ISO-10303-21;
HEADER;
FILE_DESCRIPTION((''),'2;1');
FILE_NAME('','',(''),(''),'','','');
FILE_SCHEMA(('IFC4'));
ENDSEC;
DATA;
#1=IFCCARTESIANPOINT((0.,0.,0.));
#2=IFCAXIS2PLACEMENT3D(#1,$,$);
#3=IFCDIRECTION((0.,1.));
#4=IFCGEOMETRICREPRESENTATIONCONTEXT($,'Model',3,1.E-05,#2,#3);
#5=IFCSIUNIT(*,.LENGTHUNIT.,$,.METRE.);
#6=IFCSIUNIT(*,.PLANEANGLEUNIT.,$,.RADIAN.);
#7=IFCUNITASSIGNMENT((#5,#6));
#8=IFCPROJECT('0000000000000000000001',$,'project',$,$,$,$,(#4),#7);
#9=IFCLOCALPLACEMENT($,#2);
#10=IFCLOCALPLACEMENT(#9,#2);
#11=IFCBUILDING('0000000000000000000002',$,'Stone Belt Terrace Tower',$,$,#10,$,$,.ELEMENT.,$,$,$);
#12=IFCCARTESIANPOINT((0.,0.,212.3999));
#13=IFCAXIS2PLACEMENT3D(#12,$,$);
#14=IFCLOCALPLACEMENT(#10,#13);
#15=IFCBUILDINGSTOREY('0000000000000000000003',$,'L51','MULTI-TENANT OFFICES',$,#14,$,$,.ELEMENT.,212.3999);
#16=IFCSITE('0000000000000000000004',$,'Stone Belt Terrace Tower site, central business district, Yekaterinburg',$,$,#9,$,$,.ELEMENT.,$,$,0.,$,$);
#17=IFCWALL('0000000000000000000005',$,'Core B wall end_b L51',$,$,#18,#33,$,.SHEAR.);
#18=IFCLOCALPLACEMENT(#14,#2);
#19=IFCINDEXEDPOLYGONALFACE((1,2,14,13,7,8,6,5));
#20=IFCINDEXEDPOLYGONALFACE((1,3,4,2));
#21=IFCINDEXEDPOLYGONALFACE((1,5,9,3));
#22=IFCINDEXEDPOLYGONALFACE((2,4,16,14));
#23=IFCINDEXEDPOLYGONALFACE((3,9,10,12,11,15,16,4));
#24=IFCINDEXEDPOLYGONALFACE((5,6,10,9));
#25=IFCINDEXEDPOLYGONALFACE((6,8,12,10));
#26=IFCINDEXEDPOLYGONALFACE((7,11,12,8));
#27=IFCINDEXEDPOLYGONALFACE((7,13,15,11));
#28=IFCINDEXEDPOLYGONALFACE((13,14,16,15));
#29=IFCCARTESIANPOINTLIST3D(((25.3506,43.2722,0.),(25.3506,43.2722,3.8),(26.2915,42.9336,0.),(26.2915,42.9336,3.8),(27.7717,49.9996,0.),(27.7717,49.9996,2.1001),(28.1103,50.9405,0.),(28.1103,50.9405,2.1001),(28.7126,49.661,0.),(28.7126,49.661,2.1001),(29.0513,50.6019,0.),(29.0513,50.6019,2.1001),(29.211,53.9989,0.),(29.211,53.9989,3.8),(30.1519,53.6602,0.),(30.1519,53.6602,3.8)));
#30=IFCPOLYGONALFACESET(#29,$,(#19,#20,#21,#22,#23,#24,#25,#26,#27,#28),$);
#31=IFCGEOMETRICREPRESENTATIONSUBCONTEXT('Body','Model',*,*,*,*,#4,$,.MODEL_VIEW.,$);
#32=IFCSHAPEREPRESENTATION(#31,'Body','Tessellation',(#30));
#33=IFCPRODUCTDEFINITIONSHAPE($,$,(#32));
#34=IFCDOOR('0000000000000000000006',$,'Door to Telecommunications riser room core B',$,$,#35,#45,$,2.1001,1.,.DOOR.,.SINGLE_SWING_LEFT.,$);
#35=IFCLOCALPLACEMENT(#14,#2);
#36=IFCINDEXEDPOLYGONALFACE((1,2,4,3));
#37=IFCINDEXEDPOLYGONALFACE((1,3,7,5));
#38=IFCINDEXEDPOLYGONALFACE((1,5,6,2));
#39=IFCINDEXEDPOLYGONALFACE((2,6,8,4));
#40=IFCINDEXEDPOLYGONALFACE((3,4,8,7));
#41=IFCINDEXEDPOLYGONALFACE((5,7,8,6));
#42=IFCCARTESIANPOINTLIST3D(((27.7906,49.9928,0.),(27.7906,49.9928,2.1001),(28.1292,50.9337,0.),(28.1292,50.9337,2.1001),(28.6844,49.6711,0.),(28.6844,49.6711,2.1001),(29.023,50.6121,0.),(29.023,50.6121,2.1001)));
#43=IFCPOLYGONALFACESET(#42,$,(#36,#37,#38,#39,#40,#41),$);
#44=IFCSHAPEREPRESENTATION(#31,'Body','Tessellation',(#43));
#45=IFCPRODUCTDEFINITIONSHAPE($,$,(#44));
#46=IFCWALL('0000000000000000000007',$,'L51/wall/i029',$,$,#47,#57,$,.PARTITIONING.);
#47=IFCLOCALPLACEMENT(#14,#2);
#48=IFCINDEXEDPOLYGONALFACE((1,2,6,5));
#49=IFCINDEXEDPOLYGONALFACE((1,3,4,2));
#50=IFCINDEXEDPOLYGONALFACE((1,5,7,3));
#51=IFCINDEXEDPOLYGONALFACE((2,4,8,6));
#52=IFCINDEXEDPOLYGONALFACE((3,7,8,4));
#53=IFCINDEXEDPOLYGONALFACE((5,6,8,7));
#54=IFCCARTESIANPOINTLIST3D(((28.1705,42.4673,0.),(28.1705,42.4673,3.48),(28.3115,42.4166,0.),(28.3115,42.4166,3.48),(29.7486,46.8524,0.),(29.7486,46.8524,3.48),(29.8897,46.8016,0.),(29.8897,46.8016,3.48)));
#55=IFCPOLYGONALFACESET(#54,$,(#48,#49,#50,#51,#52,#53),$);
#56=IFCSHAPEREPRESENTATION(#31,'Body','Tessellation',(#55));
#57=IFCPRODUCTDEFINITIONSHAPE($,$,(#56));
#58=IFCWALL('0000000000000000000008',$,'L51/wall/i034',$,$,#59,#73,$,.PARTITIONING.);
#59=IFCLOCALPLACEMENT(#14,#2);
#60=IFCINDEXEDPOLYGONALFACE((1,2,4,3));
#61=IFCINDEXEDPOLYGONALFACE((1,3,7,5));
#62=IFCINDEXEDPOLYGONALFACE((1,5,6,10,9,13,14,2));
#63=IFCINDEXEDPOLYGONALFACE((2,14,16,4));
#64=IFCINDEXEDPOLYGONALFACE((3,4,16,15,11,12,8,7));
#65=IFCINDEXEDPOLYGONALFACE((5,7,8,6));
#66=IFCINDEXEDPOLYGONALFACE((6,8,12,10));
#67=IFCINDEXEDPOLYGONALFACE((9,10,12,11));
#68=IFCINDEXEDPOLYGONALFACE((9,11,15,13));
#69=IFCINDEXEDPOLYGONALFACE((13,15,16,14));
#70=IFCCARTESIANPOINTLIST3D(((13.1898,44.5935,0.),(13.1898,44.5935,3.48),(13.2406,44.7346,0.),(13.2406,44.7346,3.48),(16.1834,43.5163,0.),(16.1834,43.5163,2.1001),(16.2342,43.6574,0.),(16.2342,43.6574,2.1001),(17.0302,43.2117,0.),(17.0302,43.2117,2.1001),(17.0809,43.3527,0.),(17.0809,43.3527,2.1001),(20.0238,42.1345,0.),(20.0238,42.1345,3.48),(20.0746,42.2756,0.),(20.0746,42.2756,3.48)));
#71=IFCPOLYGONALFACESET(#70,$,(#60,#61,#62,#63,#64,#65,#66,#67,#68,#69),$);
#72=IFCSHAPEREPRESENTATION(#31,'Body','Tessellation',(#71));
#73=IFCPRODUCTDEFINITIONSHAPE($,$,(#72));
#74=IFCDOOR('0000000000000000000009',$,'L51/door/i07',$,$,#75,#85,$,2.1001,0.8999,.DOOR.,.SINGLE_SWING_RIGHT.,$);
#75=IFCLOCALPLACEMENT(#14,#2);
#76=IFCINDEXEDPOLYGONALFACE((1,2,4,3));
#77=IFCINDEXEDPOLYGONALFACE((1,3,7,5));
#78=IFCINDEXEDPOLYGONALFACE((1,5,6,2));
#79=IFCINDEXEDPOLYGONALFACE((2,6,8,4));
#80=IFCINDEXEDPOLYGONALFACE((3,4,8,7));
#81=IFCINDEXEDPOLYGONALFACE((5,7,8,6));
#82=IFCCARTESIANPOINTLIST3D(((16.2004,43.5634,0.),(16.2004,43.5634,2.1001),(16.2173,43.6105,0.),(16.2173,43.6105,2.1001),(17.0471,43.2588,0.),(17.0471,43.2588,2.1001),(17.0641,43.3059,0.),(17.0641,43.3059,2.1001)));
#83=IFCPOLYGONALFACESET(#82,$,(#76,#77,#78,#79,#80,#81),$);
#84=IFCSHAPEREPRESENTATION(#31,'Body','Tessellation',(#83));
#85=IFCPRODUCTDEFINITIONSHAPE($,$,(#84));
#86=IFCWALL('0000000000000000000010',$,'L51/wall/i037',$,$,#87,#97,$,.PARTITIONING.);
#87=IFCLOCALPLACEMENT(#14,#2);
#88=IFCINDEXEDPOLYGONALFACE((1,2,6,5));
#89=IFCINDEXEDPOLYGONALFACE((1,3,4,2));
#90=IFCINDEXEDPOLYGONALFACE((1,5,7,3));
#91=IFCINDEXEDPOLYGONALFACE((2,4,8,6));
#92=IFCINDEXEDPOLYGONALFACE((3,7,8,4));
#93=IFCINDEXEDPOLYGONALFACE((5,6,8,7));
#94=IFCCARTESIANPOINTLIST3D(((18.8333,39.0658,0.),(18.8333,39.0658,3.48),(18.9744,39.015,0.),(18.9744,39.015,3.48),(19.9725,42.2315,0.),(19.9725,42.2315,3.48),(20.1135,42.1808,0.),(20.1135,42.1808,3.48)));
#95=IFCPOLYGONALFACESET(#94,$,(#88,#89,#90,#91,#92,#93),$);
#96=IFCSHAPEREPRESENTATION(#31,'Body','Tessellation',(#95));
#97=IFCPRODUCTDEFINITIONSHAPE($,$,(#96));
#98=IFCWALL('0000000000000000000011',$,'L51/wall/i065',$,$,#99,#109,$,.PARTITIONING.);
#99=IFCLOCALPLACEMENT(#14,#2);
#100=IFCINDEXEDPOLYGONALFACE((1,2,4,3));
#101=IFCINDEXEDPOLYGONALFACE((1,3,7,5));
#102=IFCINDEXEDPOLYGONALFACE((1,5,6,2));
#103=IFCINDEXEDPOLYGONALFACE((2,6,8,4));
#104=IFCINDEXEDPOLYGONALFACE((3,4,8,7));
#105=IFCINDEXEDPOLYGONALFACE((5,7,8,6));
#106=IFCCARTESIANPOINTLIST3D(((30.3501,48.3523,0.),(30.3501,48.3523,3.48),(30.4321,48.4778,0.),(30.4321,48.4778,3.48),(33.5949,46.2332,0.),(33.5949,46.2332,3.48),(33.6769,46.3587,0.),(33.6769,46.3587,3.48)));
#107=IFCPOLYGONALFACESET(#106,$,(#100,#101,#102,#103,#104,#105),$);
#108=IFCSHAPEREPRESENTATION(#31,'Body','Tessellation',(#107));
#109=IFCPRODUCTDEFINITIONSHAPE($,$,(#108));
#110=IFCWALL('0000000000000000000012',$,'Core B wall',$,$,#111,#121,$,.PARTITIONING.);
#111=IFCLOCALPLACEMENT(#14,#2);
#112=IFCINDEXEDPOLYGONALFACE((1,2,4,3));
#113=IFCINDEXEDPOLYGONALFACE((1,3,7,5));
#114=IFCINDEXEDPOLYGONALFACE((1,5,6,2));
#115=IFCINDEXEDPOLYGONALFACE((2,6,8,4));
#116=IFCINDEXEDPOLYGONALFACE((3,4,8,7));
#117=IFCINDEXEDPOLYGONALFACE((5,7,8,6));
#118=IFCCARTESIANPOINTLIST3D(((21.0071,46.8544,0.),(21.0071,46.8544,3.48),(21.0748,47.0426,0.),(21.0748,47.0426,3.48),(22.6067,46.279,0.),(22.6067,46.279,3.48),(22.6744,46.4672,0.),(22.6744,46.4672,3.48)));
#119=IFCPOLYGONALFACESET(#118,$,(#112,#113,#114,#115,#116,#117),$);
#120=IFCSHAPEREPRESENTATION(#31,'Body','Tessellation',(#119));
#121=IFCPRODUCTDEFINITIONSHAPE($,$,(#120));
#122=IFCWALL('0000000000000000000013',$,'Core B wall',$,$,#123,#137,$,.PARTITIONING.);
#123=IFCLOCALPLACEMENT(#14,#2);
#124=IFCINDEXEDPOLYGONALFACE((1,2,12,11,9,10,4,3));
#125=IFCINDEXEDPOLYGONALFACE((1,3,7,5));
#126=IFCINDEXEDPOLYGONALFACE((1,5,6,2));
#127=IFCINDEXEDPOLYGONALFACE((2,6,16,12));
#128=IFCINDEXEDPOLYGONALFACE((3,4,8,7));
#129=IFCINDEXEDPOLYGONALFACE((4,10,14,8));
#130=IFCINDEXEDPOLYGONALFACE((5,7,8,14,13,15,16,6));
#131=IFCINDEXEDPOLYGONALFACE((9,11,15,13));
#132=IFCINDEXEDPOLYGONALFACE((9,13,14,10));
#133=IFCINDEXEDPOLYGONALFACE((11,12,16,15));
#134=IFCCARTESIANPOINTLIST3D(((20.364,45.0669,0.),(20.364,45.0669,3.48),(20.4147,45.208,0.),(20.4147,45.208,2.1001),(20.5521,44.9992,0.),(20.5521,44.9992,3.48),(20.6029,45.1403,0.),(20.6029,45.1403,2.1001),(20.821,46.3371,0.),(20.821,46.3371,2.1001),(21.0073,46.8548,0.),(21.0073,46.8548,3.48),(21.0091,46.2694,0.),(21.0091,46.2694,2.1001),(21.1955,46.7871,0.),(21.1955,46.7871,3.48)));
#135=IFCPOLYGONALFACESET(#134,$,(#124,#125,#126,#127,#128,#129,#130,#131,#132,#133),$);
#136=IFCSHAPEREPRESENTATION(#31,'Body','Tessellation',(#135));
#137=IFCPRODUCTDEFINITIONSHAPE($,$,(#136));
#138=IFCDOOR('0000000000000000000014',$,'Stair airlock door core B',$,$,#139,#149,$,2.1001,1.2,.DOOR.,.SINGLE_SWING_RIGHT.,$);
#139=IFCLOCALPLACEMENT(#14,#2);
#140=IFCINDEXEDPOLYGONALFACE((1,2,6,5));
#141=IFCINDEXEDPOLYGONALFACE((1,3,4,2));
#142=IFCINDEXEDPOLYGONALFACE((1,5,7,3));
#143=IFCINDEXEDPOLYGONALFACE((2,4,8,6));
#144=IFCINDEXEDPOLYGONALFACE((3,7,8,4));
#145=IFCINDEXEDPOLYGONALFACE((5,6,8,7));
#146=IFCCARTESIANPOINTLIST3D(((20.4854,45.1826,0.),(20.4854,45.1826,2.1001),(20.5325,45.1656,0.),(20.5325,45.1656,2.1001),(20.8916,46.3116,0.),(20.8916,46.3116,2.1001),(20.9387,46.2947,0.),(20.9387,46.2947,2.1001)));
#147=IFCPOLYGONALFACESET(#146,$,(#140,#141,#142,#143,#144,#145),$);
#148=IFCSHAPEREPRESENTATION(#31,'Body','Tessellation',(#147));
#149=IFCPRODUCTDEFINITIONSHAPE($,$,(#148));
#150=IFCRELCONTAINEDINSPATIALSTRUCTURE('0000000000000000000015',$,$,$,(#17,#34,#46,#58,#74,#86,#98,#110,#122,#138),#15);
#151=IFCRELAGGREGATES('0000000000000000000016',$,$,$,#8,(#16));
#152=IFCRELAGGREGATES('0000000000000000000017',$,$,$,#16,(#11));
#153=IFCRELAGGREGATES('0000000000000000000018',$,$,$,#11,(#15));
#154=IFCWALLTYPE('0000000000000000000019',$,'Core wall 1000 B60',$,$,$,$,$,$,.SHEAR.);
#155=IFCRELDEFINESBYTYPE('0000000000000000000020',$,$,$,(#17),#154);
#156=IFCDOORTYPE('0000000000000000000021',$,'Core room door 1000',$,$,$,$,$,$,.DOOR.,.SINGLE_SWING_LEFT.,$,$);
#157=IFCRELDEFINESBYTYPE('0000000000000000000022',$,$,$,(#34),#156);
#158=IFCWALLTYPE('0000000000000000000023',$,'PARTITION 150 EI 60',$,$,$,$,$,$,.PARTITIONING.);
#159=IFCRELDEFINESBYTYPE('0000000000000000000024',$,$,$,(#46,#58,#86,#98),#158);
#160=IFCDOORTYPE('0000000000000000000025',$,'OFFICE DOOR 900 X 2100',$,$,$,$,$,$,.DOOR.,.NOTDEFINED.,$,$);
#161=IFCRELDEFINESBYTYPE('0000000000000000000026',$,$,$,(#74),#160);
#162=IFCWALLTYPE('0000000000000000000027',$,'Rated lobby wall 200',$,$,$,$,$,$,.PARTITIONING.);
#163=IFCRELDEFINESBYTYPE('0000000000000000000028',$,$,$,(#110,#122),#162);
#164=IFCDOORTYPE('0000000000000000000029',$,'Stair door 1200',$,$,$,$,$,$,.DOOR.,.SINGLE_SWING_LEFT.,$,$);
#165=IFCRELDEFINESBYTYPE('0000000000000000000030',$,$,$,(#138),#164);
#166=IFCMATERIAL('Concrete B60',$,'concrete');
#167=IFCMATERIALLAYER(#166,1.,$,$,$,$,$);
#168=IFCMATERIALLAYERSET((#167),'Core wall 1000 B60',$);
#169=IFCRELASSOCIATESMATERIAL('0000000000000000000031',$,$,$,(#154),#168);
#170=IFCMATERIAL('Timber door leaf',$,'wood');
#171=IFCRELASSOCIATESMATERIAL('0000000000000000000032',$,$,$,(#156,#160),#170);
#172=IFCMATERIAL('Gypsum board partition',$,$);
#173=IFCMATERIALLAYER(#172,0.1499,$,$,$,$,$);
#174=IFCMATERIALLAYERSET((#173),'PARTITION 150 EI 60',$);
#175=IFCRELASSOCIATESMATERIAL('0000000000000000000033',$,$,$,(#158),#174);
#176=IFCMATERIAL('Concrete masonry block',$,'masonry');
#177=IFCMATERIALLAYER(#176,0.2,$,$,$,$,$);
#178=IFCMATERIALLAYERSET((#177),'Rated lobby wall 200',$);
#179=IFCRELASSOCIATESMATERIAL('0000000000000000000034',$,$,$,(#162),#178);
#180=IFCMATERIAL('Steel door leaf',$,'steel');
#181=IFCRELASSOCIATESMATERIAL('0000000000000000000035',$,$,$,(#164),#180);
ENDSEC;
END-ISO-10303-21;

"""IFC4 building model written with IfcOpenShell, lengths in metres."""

from ifc_helpers import new_model, si_unit, direction, frame, frame_2d, origin, place, context, subcontext, project, spatial, rectangle, extrude, material, layer, layer_set, type_object, element, fill, save


model = new_model("IFC4")

# Units and contexts
model_context = context("Model", 3, precision=1e-05, world=origin(), true_north=direction((0.0, 1.0)))
body_context = subcontext(model_context, "Body", "Model", "MODEL_VIEW")
ifc_project = project(units=[si_unit("LENGTHUNIT", "METRE"), si_unit("PLANEANGLEUNIT", "RADIAN")], contexts=[model_context])

# Site, building, storey
site_placement = place(None, origin())
site = spatial("IfcSite", under=ifc_project, at=site_placement, Name="Stone Belt Terrace Tower site, central business district, Yekaterinburg", CompositionType="ELEMENT", RefElevation=0.0)
building_placement = place(site_placement, origin())
building = spatial("IfcBuilding", under=site, at=building_placement, Name="Stone Belt Terrace Tower", CompositionType="ELEMENT")
storey_placement = place(building_placement, frame((0.0, 0.0, 212.3999)))
storey = spatial("IfcBuildingStorey", under=building, at=storey_placement, Name="L51", Description="MULTI-TENANT OFFICES", CompositionType="ELEMENT", Elevation=212.3999)

# Wall, opening, door
ifc_material_1 = material(Name="Concrete B60", Category="concrete")
ifc_layer_1 = layer(ifc_material_1, 1.0)
ifc_layer_set_1 = layer_set([ifc_layer_1], Name="Core wall 1000 B60")
wall_type_1 = type_object("IfcWallType", Name="Core wall 1000 B60", PredefinedType="SHEAR", material=ifc_layer_set_1)
wall_1_placement = place(storey_placement, frame((25.821, 43.1028, 0.0), z_axis=(0.0, 0.0, 1.0), x_axis=(0.338625, 0.940921, 0.0)))
wall_1 = element("IfcWall", 1, at=wall_1_placement, inside=storey, type_object=wall_type_1, Name="Core B wall end_b L51", PredefinedType="SHEAR", context=body_context, shape_type="SweptSolid", body=[
    extrude(rectangle(XDim=11.4001, YDim=1.0, at=frame_2d((5.7002, 0.0))), origin(), (0.0, 0.0, 1.0), 3.8),
])
opening_1_placement = place(wall_1_placement, frame((7.1499, 0.0, 0.0)))
opening_1 = element("IfcOpeningElement", 2, at=opening_1_placement, cuts=wall_1, PredefinedType="OPENING", context=body_context, shape_type="SweptSolid", body=[
    extrude(rectangle(XDim=1.0, YDim=2.1001, at=frame_2d((0.5, 1.05))), frame((0.0, 0.51, 0.0), z_axis=(0.0, -1.0, 0.0), x_axis=(1.0, 0.0, 0.0)), (0.0, 0.0, 1.0), 1.02),
])
ifc_material_2 = material(Name="Timber door leaf", Category="wood")
door_type_1 = type_object("IfcDoorType", Name="Core room door 1000", OperationType="SINGLE_SWING_LEFT", PredefinedType="DOOR", material=ifc_material_2)
door_1_placement = place(opening_1_placement, origin())
door_1 = element("IfcDoor", 3, at=door_1_placement, inside=storey, type_object=door_type_1, Name="Door to Telecommunications riser room core B", OperationType="SINGLE_SWING_LEFT", OverallHeight=2.1001, OverallWidth=1.0, PredefinedType="DOOR", context=body_context, shape_type="SweptSolid", body=[
    extrude(rectangle(XDim=1.0, YDim=2.1001, at=frame_2d((0.5, 1.05))), frame((0.0, 0.48, 0.0), z_axis=(0.0, -1.0, 0.0), x_axis=(1.0, 0.0, 0.0)), (0.0, 0.0, 1.0), 0.95),
])
fill(opening_1, door_1)

# Wall
ifc_material_3 = material(Name="Gypsum board partition")
ifc_layer_2 = layer(ifc_material_3, 0.1499)
ifc_layer_set_2 = layer_set([ifc_layer_2], Name="PARTITION 150 EI 60")
wall_type_2 = type_object("IfcWallType", Name="PARTITION 150 EI 60", PredefinedType="PARTITIONING", material=ifc_layer_set_2)
wall_2_placement = place(storey_placement, frame((29.8191, 46.8269, 0.0), z_axis=(0.0, 0.0, 1.0), x_axis=(-0.338629, -0.94092, 0.0)))
element("IfcWall", 4, at=wall_2_placement, inside=storey, type_object=wall_type_2, Name="L51/wall/i029", PredefinedType="PARTITIONING", context=body_context, shape_type="SweptSolid", body=[
    extrude(rectangle(XDim=4.6604, YDim=0.1499, at=frame_2d((2.3301, 0.0))), origin(), (0.0, 0.0, 1.0), 3.48),
])

# Wall, opening, door
wall_3_placement = place(storey_placement, frame((20.0491, 42.2051, 0.0), z_axis=(0.0, 0.0, 1.0), x_axis=(-0.940942, 0.338567, 0.0)))
wall_3 = element("IfcWall", 5, at=wall_3_placement, inside=storey, type_object=wall_type_2, Name="L51/wall/i034", PredefinedType="PARTITIONING", context=body_context, shape_type="SweptSolid", body=[
    extrude(rectangle(XDim=7.2629, YDim=0.1499, at=frame_2d((3.6313, 0.0))), origin(), (0.0, 0.0, 1.0), 3.48),
])
opening_2_placement = place(wall_3_placement, frame((3.1814, 0.0, 0.0)))
opening_2 = element("IfcOpeningElement", 6, at=opening_2_placement, cuts=wall_3, PredefinedType="OPENING", context=body_context, shape_type="SweptSolid", body=[
    extrude(rectangle(XDim=0.8999, YDim=2.1001, at=frame_2d((0.45, 1.05))), frame((0.0, 0.085, 0.0), z_axis=(0.0, -1.0, 0.0), x_axis=(1.0, 0.0, 0.0)), (0.0, 0.0, 1.0), 0.1699),
])
door_type_2 = type_object("IfcDoorType", Name="OFFICE DOOR 900 X 2100", OperationType="NOTDEFINED", PredefinedType="DOOR", material=ifc_material_2)
door_2_placement = place(opening_2_placement, origin())
door_2 = element("IfcDoor", 7, at=door_2_placement, inside=storey, type_object=door_type_2, Name="L51/door/i07", OperationType="SINGLE_SWING_RIGHT", OverallHeight=2.1001, OverallWidth=0.8999, PredefinedType="DOOR", context=body_context, shape_type="SweptSolid", body=[
    extrude(rectangle(XDim=0.8999, YDim=2.1001, at=frame_2d((0.45, 1.05))), frame((0.0, 0.0249, 0.0), z_axis=(0.0, -1.0, 0.0), x_axis=(1.0, 0.0, 0.0)), (0.0, 0.0, 1.0), 0.05),
])
fill(opening_2, door_2)

# Walls
wall_4_placement = place(storey_placement, frame((20.043, 42.2061, 0.0), z_axis=(0.0, 0.0, 1.0), x_axis=(-0.338583, -0.940936, 0.0)))
element("IfcWall", 8, at=wall_4_placement, inside=storey, type_object=wall_type_2, Name="L51/wall/i037", PredefinedType="PARTITIONING", context=body_context, shape_type="SweptSolid", body=[
    extrude(rectangle(XDim=3.3645, YDim=0.1499, at=frame_2d((1.6821, 0.0))), origin(), (0.0, 0.0, 1.0), 3.48),
])
wall_5_placement = place(storey_placement, frame((30.3911, 48.415, 0.0), z_axis=(0.0, 0.0, 1.0), x_axis=(0.837266, -0.546796, 0.0)))
element("IfcWall", 9, at=wall_5_placement, inside=storey, type_object=wall_type_2, Name="L51/wall/i065", PredefinedType="PARTITIONING", context=body_context, shape_type="SweptSolid", body=[
    extrude(rectangle(XDim=3.8755, YDim=0.1499, at=frame_2d((1.9377, 0.0))), origin(), (0.0, 0.0, 1.0), 3.48),
])
ifc_material_4 = material(Name="Concrete masonry block", Category="masonry")
ifc_layer_3 = layer(ifc_material_4, 0.2)
ifc_layer_set_3 = layer_set([ifc_layer_3], Name="Rated lobby wall 200")
wall_type_3 = type_object("IfcWallType", Name="Rated lobby wall 200", PredefinedType="PARTITIONING", material=ifc_layer_set_3)
wall_6_placement = place(storey_placement, frame((22.6406, 46.373, 0.0), z_axis=(0.0, 0.0, 1.0), x_axis=(-0.940966, 0.338501, 0.0)))
element("IfcWall", 10, at=wall_6_placement, inside=storey, type_object=wall_type_3, Name="Core B wall", PredefinedType="PARTITIONING", context=body_context, shape_type="SweptSolid", body=[
    extrude(rectangle(XDim=1.7, YDim=0.2, at=frame_2d((0.8501, 0.0))), origin(), (0.0, 0.0, 1.0), 3.48),
])

# Wall, opening, door
wall_7_placement = place(storey_placement, frame((20.458, 45.033, 0.0), z_axis=(0.0, 0.0, 1.0), x_axis=(0.338574, 0.94094, 0.0)))
wall_7 = element("IfcWall", 11, at=wall_7_placement, inside=storey, type_object=wall_type_3, Name="Core B wall", PredefinedType="PARTITIONING", context=body_context, shape_type="SweptSolid", body=[
    extrude(rectangle(XDim=1.9001, YDim=0.2, at=frame_2d((0.9502, 0.0))), origin(), (0.0, 0.0, 1.0), 3.48),
])
opening_3_placement = place(wall_7_placement, frame((0.1499, 0.0, 0.0)))
opening_3 = element("IfcOpeningElement", 12, at=opening_3_placement, cuts=wall_7, PredefinedType="OPENING", context=body_context, shape_type="SweptSolid", body=[
    extrude(rectangle(XDim=1.2, YDim=2.1001, at=frame_2d((0.6001, 1.05))), frame((0.0, 0.1099, 0.0), z_axis=(0.0, -1.0, 0.0), x_axis=(1.0, 0.0, 0.0)), (0.0, 0.0, 1.0), 0.22),
])
ifc_material_5 = material(Name="Steel door leaf", Category="steel")
door_type_3 = type_object("IfcDoorType", Name="Stair door 1200", OperationType="SINGLE_SWING_LEFT", PredefinedType="DOOR", material=ifc_material_5)
door_3_placement = place(opening_3_placement, origin())
door_3 = element("IfcDoor", 13, at=door_3_placement, inside=storey, type_object=door_type_3, Name="Stair airlock door core B", OperationType="SINGLE_SWING_RIGHT", OverallHeight=2.1001, OverallWidth=1.2, PredefinedType="DOOR", context=body_context, shape_type="SweptSolid", body=[
    extrude(rectangle(XDim=1.2, YDim=2.1001, at=frame_2d((0.6001, 1.05))), frame((0.0, 0.0249, 0.0), z_axis=(0.0, -1.0, 0.0), x_axis=(1.0, 0.0, 0.0)), (0.0, 0.0, 1.0), 0.05),
])
fill(opening_3, door_3)

save(model, "model.ifc")
